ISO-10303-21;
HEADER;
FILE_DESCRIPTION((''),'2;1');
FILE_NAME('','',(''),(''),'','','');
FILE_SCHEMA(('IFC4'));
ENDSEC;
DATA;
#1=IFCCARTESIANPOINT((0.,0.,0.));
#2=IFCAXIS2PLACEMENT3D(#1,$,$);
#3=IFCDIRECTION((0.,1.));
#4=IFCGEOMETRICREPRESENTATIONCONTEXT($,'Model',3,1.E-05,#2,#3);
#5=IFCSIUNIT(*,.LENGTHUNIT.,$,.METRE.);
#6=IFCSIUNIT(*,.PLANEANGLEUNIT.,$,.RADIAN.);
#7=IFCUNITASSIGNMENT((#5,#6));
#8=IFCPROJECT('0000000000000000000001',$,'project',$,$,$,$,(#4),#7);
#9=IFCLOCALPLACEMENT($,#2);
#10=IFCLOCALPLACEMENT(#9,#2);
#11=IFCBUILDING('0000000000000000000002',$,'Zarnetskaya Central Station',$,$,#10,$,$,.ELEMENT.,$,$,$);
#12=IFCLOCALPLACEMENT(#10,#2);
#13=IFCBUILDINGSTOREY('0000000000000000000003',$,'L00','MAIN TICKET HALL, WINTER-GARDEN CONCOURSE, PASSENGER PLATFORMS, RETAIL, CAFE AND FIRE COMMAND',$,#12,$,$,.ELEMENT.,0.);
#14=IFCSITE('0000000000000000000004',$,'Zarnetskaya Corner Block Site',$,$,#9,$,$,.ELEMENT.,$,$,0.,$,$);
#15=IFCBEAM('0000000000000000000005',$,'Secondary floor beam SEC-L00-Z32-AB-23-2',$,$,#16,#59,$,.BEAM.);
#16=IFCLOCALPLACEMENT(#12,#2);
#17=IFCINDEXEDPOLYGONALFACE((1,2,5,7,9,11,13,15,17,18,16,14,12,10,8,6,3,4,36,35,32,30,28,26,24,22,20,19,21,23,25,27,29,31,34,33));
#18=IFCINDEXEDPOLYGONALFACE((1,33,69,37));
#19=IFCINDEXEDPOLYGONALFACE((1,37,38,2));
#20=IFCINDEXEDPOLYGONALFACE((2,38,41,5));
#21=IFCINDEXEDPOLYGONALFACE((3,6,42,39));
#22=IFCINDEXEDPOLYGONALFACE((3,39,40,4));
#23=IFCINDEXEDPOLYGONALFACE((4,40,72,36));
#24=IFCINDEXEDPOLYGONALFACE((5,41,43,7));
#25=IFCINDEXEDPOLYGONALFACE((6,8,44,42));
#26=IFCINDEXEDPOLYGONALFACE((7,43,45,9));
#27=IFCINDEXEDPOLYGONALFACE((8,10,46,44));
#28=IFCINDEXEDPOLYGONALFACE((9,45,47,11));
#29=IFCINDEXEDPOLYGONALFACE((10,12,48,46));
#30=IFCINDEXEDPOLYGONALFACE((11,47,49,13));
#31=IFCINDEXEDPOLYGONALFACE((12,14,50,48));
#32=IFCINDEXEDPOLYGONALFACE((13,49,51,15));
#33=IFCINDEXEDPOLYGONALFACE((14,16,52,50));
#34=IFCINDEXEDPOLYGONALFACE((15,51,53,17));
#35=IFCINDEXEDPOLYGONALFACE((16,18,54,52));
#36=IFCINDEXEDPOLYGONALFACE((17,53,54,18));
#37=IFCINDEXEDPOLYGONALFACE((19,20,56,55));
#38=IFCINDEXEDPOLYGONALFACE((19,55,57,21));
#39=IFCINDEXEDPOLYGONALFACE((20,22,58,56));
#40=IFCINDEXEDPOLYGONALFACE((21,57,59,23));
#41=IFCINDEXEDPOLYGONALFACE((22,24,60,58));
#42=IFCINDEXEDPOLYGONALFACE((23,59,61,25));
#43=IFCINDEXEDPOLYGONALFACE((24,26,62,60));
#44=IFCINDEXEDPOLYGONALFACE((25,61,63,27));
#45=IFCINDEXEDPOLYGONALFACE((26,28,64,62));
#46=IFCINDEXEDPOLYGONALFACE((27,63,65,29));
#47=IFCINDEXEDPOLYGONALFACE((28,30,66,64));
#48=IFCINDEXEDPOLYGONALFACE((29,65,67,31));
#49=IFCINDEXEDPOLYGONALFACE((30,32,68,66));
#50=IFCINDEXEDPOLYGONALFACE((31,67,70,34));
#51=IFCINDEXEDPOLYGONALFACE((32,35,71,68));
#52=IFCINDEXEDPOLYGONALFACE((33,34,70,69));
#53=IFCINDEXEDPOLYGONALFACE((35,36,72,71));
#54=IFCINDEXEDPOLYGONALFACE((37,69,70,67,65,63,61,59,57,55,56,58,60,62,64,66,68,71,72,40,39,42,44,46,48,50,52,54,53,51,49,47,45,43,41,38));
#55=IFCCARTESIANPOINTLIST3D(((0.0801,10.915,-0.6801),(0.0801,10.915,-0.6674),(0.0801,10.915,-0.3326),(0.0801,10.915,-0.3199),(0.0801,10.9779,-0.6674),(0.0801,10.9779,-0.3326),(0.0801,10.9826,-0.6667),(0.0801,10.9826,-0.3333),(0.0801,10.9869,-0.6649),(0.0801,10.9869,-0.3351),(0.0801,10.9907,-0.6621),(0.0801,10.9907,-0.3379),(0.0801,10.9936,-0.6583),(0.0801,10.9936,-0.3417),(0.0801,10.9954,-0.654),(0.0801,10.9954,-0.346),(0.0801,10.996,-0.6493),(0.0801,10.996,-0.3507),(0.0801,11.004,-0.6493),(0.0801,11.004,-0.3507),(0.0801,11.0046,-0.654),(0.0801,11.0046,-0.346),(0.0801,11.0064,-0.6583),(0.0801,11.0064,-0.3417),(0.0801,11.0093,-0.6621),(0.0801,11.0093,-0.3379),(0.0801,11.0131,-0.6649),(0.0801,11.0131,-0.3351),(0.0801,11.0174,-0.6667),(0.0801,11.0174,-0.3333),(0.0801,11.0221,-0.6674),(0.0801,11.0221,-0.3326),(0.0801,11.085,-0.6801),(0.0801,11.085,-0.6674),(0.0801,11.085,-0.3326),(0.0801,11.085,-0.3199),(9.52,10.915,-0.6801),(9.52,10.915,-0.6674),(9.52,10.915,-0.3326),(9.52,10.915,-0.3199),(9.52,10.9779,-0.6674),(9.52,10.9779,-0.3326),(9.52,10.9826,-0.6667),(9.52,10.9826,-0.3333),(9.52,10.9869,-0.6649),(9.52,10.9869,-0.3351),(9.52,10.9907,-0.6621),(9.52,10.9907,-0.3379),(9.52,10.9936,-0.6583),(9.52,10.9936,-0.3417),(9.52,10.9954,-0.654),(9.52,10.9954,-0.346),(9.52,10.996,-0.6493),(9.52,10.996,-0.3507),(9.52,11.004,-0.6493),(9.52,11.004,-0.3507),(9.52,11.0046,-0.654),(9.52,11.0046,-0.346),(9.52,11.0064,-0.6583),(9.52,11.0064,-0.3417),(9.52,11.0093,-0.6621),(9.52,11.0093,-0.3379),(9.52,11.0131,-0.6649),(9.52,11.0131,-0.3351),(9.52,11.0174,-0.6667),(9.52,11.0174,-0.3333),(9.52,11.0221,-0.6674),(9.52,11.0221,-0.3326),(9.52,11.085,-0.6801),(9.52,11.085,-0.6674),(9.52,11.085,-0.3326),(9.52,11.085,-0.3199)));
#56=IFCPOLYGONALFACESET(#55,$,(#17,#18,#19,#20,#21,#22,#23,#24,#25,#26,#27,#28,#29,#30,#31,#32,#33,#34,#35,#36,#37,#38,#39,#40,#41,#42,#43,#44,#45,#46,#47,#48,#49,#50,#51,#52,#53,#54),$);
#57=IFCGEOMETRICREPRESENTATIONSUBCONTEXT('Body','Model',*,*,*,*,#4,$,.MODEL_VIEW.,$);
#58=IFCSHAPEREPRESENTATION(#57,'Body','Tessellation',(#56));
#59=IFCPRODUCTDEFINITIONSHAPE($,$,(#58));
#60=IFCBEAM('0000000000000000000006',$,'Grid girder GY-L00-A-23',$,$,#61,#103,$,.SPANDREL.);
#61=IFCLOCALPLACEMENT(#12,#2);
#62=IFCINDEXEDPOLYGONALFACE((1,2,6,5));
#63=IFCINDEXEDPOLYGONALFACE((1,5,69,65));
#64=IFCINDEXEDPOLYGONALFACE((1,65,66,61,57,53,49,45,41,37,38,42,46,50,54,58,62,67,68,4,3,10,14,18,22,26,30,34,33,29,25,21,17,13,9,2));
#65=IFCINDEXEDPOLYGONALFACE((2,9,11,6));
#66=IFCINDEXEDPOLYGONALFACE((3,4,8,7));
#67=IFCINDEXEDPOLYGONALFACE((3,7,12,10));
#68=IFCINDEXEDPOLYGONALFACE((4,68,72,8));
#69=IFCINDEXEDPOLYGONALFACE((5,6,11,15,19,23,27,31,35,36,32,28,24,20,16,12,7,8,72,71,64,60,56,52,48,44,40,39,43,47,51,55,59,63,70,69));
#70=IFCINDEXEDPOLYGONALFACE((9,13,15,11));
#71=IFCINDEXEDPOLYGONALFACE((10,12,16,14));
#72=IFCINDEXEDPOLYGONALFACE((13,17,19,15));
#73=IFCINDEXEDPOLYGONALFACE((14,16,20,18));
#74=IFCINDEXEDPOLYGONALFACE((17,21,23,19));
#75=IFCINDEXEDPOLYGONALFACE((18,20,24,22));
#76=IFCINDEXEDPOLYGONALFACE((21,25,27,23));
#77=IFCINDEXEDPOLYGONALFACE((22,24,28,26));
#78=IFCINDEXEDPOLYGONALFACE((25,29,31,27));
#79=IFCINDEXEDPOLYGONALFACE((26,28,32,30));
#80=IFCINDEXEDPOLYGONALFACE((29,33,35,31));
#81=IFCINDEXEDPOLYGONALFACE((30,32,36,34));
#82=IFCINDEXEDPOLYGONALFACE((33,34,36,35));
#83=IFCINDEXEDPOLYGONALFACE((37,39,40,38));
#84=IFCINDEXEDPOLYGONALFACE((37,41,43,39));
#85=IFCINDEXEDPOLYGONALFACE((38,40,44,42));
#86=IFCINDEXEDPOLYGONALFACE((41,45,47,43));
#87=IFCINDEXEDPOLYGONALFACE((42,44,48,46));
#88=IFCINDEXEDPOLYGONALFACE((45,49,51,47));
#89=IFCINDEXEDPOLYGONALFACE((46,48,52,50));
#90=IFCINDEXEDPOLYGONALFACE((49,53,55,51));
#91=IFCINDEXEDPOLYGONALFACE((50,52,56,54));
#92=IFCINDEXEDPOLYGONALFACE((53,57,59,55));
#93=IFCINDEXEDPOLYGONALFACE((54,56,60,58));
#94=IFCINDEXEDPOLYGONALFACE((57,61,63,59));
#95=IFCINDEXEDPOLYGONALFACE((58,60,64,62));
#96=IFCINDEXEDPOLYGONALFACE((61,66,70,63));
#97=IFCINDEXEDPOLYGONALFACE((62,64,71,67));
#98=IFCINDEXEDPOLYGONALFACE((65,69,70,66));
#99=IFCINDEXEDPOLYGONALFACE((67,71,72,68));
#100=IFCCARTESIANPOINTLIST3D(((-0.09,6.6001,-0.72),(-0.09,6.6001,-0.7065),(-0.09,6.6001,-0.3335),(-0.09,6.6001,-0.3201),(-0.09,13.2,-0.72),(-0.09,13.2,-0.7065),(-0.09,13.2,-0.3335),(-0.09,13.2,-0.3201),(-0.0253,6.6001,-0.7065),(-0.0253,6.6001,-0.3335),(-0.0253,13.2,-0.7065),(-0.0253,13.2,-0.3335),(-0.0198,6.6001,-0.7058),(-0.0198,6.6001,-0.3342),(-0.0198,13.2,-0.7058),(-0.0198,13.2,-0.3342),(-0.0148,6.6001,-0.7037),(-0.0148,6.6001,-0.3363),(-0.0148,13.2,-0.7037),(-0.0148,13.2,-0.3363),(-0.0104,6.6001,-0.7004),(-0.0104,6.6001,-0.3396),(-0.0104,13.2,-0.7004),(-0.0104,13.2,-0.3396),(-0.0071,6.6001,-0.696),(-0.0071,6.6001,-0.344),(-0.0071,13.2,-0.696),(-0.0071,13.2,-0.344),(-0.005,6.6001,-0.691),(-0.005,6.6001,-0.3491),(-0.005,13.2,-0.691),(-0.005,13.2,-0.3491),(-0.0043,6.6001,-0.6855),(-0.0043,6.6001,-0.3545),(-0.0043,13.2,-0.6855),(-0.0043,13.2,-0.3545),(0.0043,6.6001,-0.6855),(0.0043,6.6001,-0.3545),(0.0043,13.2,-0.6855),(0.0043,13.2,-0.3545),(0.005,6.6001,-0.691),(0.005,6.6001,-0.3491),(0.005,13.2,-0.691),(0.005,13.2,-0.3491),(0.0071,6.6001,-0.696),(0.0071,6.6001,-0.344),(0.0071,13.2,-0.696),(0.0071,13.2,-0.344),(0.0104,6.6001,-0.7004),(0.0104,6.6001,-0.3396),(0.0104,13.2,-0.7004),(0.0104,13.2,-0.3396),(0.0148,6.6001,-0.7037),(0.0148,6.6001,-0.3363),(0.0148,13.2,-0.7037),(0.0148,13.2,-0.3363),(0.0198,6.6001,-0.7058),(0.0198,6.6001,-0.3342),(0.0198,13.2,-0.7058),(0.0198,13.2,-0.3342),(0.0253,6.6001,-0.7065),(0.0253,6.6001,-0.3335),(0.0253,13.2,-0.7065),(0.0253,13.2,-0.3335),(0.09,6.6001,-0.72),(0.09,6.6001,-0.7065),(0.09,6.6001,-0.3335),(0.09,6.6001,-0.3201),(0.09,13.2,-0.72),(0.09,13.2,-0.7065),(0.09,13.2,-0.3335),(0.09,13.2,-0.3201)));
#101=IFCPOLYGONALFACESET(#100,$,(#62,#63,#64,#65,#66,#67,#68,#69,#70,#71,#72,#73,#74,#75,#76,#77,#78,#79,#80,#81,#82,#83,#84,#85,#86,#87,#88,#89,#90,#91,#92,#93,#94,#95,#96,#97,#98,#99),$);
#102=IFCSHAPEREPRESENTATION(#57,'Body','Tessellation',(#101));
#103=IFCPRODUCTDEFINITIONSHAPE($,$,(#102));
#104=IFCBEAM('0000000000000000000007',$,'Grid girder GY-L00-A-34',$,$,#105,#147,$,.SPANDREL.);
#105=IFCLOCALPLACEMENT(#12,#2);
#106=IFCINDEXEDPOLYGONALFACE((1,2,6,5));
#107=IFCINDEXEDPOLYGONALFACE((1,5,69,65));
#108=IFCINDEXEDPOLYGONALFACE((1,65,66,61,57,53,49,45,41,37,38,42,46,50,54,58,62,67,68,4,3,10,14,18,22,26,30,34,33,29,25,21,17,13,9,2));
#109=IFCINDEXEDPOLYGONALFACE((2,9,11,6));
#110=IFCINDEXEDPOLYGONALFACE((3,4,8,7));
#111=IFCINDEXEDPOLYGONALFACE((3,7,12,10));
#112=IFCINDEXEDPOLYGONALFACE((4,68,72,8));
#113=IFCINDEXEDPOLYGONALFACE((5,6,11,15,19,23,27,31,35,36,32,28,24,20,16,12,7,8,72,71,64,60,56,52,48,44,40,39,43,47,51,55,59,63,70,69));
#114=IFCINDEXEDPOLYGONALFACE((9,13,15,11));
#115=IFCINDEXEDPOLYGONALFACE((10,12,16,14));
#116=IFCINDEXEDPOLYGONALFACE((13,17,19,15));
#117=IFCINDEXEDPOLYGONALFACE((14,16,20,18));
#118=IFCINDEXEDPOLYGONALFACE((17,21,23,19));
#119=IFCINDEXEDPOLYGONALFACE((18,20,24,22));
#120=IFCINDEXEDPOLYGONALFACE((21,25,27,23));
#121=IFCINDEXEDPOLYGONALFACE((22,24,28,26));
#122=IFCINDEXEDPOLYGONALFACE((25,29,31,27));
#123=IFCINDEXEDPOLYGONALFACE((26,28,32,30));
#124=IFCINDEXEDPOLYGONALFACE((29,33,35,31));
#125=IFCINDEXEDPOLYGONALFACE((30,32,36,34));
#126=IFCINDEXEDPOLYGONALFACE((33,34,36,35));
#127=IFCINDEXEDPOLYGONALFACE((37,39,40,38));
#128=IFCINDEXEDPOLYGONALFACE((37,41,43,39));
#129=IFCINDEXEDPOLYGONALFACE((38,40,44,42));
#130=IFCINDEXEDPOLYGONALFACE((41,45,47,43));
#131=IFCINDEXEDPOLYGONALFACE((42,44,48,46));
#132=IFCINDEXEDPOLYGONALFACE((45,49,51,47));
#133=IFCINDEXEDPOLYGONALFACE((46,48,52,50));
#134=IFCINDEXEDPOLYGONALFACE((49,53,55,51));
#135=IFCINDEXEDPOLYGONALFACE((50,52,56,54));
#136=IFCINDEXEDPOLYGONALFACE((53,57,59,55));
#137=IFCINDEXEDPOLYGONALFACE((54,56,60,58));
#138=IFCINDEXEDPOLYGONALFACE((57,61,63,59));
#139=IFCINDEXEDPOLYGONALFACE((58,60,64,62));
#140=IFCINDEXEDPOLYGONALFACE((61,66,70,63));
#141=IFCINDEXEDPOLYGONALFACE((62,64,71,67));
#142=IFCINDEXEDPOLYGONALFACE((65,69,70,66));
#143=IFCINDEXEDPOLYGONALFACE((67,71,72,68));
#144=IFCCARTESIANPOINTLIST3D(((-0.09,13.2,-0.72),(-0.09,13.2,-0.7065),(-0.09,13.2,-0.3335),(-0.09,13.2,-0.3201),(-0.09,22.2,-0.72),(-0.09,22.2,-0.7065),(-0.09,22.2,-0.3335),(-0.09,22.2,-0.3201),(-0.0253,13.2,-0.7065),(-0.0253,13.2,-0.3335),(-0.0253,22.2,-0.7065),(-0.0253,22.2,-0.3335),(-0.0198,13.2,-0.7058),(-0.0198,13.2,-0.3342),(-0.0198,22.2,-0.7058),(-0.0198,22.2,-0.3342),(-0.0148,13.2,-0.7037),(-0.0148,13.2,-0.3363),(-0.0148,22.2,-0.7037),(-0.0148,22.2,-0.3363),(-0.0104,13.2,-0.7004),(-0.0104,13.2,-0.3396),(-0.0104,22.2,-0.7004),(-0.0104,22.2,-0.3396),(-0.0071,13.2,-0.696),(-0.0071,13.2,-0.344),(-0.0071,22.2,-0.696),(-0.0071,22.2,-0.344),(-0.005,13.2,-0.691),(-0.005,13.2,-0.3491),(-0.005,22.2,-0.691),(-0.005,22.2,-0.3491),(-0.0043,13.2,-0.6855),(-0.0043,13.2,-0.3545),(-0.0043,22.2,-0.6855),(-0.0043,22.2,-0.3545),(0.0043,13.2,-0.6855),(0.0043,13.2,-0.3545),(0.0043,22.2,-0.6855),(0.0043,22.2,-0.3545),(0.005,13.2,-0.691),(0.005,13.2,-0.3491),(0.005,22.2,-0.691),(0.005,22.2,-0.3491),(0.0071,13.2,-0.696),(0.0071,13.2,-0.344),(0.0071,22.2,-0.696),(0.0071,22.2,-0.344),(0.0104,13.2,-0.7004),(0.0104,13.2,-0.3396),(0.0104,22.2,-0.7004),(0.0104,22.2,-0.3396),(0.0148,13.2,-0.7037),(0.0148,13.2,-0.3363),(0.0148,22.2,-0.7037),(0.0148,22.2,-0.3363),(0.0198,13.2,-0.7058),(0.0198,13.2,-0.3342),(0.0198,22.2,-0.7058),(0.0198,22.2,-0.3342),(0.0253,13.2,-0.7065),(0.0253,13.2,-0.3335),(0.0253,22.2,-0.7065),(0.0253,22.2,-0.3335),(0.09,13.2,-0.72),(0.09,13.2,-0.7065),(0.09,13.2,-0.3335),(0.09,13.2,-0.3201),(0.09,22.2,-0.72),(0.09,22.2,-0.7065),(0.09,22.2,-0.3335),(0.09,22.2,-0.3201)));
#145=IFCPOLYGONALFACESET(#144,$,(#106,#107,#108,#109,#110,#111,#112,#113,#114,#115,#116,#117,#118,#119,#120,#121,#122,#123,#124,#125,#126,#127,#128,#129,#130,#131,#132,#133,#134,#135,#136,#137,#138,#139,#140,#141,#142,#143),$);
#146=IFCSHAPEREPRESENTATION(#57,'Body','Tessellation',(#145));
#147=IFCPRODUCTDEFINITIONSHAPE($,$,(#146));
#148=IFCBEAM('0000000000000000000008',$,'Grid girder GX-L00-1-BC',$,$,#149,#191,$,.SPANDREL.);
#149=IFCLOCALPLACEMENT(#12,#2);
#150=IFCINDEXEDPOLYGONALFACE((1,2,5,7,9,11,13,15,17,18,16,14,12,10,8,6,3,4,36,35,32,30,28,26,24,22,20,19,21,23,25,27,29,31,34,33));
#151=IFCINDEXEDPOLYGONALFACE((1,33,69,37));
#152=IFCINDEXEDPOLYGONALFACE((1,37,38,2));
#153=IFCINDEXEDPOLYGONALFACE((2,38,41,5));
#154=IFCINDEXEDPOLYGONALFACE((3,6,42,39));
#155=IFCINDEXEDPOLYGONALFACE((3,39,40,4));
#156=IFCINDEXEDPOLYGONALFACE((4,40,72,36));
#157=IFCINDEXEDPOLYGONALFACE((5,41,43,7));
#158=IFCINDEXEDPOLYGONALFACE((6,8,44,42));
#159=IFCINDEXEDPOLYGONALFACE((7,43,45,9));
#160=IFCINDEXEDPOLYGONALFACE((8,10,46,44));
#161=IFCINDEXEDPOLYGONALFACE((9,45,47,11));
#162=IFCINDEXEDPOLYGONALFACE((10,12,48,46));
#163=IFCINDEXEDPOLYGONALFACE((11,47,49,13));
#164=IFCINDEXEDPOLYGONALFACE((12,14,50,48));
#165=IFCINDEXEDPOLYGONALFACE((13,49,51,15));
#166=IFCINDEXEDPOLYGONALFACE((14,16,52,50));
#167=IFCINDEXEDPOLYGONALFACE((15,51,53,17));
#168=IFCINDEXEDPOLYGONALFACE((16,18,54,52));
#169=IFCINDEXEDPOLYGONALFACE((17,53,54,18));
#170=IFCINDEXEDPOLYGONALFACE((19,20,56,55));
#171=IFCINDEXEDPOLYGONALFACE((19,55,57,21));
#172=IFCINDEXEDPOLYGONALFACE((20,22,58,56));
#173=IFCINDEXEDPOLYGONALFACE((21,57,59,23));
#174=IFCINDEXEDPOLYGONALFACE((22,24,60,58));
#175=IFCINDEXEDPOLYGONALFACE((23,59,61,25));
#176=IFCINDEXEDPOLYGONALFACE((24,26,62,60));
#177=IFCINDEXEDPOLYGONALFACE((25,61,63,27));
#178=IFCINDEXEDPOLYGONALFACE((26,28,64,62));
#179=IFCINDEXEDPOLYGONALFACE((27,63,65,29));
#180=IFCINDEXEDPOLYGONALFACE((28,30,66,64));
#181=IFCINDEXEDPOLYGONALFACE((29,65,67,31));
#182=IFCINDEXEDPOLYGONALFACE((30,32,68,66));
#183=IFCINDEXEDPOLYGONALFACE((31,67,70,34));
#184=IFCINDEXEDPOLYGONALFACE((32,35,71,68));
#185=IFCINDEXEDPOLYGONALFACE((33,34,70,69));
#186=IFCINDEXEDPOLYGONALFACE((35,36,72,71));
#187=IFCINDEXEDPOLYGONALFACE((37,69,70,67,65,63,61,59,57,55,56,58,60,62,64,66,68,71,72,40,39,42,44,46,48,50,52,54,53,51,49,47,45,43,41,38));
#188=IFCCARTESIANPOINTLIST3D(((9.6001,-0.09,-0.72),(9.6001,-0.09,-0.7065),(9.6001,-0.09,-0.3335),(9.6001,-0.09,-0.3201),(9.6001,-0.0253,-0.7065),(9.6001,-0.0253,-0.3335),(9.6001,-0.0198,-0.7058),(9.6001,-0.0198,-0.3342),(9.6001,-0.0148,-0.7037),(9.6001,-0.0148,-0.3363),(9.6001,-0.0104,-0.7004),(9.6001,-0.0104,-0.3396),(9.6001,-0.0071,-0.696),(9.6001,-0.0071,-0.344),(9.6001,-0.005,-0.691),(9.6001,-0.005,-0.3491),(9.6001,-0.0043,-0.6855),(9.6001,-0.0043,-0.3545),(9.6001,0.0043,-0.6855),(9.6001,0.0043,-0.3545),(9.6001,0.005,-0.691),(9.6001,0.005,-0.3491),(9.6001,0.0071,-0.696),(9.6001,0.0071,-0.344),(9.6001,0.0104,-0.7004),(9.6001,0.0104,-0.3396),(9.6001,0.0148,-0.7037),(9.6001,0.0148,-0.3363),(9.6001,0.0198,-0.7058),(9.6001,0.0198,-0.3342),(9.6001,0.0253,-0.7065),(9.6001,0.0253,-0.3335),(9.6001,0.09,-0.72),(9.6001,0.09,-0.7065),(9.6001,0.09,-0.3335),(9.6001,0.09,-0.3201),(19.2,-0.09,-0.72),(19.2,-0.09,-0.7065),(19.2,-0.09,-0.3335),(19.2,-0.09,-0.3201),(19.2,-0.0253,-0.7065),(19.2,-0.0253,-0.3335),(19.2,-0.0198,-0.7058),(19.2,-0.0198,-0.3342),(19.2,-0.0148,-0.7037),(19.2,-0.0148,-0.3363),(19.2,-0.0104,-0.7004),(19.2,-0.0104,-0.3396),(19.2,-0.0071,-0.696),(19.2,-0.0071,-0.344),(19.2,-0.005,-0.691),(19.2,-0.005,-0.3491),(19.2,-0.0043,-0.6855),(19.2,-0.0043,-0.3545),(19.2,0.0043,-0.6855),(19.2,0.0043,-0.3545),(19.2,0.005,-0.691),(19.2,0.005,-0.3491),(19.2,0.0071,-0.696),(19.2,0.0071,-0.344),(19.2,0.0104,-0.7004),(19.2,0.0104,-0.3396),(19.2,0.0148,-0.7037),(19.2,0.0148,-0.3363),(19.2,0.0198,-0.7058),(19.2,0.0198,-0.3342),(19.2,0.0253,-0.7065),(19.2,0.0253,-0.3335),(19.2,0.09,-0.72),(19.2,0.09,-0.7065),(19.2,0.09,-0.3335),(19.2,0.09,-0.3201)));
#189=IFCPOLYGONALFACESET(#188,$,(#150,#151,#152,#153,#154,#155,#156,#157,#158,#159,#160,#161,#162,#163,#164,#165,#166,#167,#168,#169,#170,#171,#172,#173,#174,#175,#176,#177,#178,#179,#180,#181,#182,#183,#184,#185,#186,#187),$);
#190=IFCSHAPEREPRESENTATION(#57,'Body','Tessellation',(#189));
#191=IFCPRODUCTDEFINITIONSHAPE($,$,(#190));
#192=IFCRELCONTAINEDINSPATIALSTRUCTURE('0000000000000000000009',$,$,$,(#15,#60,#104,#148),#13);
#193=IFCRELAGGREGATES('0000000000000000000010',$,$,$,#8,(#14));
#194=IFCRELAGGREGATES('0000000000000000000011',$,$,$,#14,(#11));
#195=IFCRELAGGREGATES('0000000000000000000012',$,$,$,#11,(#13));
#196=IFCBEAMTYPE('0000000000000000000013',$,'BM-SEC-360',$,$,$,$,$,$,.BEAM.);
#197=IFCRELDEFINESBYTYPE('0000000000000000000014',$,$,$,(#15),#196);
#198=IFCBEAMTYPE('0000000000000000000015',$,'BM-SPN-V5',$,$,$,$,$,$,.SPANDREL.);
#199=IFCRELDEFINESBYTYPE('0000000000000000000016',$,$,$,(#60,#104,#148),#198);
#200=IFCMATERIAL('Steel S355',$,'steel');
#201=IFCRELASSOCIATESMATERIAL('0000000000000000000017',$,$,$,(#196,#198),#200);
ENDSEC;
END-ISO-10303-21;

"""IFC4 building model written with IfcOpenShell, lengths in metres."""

from ifc_helpers import new_model, si_unit, direction, frame, origin, origin_2d, place, context, subcontext, project, spatial, i_section, extrude, material, material_profile, profile_set, type_object, element, save


model = new_model("IFC4")

# Units and contexts
model_context = context("Model", 3, precision=1e-05, world=origin(), true_north=direction((0.0, 1.0)))
body_context = subcontext(model_context, "Body", "Model", "MODEL_VIEW")
ifc_project = project(units=[si_unit("LENGTHUNIT", "METRE"), si_unit("PLANEANGLEUNIT", "RADIAN")], contexts=[model_context])

# Site, building, storey
site_placement = place(None, origin())
site = spatial("IfcSite", under=ifc_project, at=site_placement, Name="Zarnetskaya Corner Block Site", CompositionType="ELEMENT", RefElevation=0.0)
building_placement = place(site_placement, origin())
building = spatial("IfcBuilding", under=site, at=building_placement, Name="Zarnetskaya Central Station", CompositionType="ELEMENT")
storey_placement = place(building_placement, origin())
storey = spatial("IfcBuildingStorey", under=building, at=storey_placement, Name="L00", Description="MAIN TICKET HALL, WINTER-GARDEN CONCOURSE, PASSENGER PLATFORMS, RETAIL, CAFE AND FIRE COMMAND", CompositionType="ELEMENT", Elevation=0.0)

# Shared definitions
ifc_material_1 = material(Name="Steel S355", Category="steel")

# Beams
ifc_material_profile_1 = material_profile(ifc_material_1, i_section(OverallWidth=0.1699, OverallDepth=0.3601, WebThickness=0.0081, FlangeThickness=0.0127, FilletRadius=0.0181, at=origin_2d()), Name="IPE 360")
ifc_profile_set_1 = profile_set([ifc_material_profile_1], Name="Steel S355")
beam_type_1 = type_object("IfcBeamType", Name="BM-SEC-360", PredefinedType="BEAM", material=ifc_profile_set_1)
for number, where, z_axis, x_axis, name in (
    (1, (0.0801, 11.0, -0.5), (1.0, 0.0, 0.0), (0.0, 1.0, 0.0), "Secondary floor beam SEC-L00-Z32-AB-23-2"),
):
    element("IfcBeam", number, at=place(storey_placement, frame(where, z_axis=z_axis, x_axis=x_axis)), inside=storey, type_object=beam_type_1, Name=name, PredefinedType="BEAM", context=body_context, shape_type="SweptSolid", body=[
        extrude(i_section(OverallWidth=0.1699, OverallDepth=0.3601, WebThickness=0.0081, FlangeThickness=0.0127, FilletRadius=0.0181, at=origin_2d()), origin(), (0.0, 0.0, 1.0), 9.4399),
    ])
ifc_material_profile_2 = material_profile(ifc_material_1, i_section(OverallWidth=0.1799, OverallDepth=0.3999, WebThickness=0.0085, FlangeThickness=0.0134, FilletRadius=0.021, at=origin_2d()), Name="IPE 400")
ifc_profile_set_2 = profile_set([ifc_material_profile_2], Name="Steel S355")
beam_type_2 = type_object("IfcBeamType", Name="BM-SPN-V5", PredefinedType="SPANDREL", material=ifc_profile_set_2)
beam_1_placement = place(storey_placement, frame((0.0, 6.6001, -0.52), z_axis=(0.0, 1.0, 0.0), x_axis=(-1.0, 0.0, 0.0)))
element("IfcBeam", 2, at=beam_1_placement, inside=storey, type_object=beam_type_2, Name="Grid girder GY-L00-A-23", PredefinedType="SPANDREL", context=body_context, shape_type="SweptSolid", body=[
    extrude(i_section(OverallWidth=0.1799, OverallDepth=0.3999, WebThickness=0.0085, FlangeThickness=0.0134, FilletRadius=0.021, at=origin_2d()), origin(), (0.0, 0.0, 1.0), 6.5999),
])
beam_2_placement = place(storey_placement, frame((0.0, 13.2, -0.52), z_axis=(0.0, 1.0, 0.0), x_axis=(-1.0, 0.0, 0.0)))
element("IfcBeam", 3, at=beam_2_placement, inside=storey, type_object=beam_type_2, Name="Grid girder GY-L00-A-34", PredefinedType="SPANDREL", context=body_context, shape_type="SweptSolid", body=[
    extrude(i_section(OverallWidth=0.1799, OverallDepth=0.3999, WebThickness=0.0085, FlangeThickness=0.0134, FilletRadius=0.021, at=origin_2d()), origin(), (0.0, 0.0, 1.0), 9.0),
])
beam_3_placement = place(storey_placement, frame((9.6001, 0.0, -0.52), z_axis=(1.0, 0.0, 0.0), x_axis=(0.0, 1.0, 0.0)))
element("IfcBeam", 4, at=beam_3_placement, inside=storey, type_object=beam_type_2, Name="Grid girder GX-L00-1-BC", PredefinedType="SPANDREL", context=body_context, shape_type="SweptSolid", body=[
    extrude(i_section(OverallWidth=0.1799, OverallDepth=0.3999, WebThickness=0.0085, FlangeThickness=0.0134, FilletRadius=0.021, at=origin_2d()), origin(), (0.0, 0.0, 1.0), 9.5999),
])

save(model, "model.ifc")
